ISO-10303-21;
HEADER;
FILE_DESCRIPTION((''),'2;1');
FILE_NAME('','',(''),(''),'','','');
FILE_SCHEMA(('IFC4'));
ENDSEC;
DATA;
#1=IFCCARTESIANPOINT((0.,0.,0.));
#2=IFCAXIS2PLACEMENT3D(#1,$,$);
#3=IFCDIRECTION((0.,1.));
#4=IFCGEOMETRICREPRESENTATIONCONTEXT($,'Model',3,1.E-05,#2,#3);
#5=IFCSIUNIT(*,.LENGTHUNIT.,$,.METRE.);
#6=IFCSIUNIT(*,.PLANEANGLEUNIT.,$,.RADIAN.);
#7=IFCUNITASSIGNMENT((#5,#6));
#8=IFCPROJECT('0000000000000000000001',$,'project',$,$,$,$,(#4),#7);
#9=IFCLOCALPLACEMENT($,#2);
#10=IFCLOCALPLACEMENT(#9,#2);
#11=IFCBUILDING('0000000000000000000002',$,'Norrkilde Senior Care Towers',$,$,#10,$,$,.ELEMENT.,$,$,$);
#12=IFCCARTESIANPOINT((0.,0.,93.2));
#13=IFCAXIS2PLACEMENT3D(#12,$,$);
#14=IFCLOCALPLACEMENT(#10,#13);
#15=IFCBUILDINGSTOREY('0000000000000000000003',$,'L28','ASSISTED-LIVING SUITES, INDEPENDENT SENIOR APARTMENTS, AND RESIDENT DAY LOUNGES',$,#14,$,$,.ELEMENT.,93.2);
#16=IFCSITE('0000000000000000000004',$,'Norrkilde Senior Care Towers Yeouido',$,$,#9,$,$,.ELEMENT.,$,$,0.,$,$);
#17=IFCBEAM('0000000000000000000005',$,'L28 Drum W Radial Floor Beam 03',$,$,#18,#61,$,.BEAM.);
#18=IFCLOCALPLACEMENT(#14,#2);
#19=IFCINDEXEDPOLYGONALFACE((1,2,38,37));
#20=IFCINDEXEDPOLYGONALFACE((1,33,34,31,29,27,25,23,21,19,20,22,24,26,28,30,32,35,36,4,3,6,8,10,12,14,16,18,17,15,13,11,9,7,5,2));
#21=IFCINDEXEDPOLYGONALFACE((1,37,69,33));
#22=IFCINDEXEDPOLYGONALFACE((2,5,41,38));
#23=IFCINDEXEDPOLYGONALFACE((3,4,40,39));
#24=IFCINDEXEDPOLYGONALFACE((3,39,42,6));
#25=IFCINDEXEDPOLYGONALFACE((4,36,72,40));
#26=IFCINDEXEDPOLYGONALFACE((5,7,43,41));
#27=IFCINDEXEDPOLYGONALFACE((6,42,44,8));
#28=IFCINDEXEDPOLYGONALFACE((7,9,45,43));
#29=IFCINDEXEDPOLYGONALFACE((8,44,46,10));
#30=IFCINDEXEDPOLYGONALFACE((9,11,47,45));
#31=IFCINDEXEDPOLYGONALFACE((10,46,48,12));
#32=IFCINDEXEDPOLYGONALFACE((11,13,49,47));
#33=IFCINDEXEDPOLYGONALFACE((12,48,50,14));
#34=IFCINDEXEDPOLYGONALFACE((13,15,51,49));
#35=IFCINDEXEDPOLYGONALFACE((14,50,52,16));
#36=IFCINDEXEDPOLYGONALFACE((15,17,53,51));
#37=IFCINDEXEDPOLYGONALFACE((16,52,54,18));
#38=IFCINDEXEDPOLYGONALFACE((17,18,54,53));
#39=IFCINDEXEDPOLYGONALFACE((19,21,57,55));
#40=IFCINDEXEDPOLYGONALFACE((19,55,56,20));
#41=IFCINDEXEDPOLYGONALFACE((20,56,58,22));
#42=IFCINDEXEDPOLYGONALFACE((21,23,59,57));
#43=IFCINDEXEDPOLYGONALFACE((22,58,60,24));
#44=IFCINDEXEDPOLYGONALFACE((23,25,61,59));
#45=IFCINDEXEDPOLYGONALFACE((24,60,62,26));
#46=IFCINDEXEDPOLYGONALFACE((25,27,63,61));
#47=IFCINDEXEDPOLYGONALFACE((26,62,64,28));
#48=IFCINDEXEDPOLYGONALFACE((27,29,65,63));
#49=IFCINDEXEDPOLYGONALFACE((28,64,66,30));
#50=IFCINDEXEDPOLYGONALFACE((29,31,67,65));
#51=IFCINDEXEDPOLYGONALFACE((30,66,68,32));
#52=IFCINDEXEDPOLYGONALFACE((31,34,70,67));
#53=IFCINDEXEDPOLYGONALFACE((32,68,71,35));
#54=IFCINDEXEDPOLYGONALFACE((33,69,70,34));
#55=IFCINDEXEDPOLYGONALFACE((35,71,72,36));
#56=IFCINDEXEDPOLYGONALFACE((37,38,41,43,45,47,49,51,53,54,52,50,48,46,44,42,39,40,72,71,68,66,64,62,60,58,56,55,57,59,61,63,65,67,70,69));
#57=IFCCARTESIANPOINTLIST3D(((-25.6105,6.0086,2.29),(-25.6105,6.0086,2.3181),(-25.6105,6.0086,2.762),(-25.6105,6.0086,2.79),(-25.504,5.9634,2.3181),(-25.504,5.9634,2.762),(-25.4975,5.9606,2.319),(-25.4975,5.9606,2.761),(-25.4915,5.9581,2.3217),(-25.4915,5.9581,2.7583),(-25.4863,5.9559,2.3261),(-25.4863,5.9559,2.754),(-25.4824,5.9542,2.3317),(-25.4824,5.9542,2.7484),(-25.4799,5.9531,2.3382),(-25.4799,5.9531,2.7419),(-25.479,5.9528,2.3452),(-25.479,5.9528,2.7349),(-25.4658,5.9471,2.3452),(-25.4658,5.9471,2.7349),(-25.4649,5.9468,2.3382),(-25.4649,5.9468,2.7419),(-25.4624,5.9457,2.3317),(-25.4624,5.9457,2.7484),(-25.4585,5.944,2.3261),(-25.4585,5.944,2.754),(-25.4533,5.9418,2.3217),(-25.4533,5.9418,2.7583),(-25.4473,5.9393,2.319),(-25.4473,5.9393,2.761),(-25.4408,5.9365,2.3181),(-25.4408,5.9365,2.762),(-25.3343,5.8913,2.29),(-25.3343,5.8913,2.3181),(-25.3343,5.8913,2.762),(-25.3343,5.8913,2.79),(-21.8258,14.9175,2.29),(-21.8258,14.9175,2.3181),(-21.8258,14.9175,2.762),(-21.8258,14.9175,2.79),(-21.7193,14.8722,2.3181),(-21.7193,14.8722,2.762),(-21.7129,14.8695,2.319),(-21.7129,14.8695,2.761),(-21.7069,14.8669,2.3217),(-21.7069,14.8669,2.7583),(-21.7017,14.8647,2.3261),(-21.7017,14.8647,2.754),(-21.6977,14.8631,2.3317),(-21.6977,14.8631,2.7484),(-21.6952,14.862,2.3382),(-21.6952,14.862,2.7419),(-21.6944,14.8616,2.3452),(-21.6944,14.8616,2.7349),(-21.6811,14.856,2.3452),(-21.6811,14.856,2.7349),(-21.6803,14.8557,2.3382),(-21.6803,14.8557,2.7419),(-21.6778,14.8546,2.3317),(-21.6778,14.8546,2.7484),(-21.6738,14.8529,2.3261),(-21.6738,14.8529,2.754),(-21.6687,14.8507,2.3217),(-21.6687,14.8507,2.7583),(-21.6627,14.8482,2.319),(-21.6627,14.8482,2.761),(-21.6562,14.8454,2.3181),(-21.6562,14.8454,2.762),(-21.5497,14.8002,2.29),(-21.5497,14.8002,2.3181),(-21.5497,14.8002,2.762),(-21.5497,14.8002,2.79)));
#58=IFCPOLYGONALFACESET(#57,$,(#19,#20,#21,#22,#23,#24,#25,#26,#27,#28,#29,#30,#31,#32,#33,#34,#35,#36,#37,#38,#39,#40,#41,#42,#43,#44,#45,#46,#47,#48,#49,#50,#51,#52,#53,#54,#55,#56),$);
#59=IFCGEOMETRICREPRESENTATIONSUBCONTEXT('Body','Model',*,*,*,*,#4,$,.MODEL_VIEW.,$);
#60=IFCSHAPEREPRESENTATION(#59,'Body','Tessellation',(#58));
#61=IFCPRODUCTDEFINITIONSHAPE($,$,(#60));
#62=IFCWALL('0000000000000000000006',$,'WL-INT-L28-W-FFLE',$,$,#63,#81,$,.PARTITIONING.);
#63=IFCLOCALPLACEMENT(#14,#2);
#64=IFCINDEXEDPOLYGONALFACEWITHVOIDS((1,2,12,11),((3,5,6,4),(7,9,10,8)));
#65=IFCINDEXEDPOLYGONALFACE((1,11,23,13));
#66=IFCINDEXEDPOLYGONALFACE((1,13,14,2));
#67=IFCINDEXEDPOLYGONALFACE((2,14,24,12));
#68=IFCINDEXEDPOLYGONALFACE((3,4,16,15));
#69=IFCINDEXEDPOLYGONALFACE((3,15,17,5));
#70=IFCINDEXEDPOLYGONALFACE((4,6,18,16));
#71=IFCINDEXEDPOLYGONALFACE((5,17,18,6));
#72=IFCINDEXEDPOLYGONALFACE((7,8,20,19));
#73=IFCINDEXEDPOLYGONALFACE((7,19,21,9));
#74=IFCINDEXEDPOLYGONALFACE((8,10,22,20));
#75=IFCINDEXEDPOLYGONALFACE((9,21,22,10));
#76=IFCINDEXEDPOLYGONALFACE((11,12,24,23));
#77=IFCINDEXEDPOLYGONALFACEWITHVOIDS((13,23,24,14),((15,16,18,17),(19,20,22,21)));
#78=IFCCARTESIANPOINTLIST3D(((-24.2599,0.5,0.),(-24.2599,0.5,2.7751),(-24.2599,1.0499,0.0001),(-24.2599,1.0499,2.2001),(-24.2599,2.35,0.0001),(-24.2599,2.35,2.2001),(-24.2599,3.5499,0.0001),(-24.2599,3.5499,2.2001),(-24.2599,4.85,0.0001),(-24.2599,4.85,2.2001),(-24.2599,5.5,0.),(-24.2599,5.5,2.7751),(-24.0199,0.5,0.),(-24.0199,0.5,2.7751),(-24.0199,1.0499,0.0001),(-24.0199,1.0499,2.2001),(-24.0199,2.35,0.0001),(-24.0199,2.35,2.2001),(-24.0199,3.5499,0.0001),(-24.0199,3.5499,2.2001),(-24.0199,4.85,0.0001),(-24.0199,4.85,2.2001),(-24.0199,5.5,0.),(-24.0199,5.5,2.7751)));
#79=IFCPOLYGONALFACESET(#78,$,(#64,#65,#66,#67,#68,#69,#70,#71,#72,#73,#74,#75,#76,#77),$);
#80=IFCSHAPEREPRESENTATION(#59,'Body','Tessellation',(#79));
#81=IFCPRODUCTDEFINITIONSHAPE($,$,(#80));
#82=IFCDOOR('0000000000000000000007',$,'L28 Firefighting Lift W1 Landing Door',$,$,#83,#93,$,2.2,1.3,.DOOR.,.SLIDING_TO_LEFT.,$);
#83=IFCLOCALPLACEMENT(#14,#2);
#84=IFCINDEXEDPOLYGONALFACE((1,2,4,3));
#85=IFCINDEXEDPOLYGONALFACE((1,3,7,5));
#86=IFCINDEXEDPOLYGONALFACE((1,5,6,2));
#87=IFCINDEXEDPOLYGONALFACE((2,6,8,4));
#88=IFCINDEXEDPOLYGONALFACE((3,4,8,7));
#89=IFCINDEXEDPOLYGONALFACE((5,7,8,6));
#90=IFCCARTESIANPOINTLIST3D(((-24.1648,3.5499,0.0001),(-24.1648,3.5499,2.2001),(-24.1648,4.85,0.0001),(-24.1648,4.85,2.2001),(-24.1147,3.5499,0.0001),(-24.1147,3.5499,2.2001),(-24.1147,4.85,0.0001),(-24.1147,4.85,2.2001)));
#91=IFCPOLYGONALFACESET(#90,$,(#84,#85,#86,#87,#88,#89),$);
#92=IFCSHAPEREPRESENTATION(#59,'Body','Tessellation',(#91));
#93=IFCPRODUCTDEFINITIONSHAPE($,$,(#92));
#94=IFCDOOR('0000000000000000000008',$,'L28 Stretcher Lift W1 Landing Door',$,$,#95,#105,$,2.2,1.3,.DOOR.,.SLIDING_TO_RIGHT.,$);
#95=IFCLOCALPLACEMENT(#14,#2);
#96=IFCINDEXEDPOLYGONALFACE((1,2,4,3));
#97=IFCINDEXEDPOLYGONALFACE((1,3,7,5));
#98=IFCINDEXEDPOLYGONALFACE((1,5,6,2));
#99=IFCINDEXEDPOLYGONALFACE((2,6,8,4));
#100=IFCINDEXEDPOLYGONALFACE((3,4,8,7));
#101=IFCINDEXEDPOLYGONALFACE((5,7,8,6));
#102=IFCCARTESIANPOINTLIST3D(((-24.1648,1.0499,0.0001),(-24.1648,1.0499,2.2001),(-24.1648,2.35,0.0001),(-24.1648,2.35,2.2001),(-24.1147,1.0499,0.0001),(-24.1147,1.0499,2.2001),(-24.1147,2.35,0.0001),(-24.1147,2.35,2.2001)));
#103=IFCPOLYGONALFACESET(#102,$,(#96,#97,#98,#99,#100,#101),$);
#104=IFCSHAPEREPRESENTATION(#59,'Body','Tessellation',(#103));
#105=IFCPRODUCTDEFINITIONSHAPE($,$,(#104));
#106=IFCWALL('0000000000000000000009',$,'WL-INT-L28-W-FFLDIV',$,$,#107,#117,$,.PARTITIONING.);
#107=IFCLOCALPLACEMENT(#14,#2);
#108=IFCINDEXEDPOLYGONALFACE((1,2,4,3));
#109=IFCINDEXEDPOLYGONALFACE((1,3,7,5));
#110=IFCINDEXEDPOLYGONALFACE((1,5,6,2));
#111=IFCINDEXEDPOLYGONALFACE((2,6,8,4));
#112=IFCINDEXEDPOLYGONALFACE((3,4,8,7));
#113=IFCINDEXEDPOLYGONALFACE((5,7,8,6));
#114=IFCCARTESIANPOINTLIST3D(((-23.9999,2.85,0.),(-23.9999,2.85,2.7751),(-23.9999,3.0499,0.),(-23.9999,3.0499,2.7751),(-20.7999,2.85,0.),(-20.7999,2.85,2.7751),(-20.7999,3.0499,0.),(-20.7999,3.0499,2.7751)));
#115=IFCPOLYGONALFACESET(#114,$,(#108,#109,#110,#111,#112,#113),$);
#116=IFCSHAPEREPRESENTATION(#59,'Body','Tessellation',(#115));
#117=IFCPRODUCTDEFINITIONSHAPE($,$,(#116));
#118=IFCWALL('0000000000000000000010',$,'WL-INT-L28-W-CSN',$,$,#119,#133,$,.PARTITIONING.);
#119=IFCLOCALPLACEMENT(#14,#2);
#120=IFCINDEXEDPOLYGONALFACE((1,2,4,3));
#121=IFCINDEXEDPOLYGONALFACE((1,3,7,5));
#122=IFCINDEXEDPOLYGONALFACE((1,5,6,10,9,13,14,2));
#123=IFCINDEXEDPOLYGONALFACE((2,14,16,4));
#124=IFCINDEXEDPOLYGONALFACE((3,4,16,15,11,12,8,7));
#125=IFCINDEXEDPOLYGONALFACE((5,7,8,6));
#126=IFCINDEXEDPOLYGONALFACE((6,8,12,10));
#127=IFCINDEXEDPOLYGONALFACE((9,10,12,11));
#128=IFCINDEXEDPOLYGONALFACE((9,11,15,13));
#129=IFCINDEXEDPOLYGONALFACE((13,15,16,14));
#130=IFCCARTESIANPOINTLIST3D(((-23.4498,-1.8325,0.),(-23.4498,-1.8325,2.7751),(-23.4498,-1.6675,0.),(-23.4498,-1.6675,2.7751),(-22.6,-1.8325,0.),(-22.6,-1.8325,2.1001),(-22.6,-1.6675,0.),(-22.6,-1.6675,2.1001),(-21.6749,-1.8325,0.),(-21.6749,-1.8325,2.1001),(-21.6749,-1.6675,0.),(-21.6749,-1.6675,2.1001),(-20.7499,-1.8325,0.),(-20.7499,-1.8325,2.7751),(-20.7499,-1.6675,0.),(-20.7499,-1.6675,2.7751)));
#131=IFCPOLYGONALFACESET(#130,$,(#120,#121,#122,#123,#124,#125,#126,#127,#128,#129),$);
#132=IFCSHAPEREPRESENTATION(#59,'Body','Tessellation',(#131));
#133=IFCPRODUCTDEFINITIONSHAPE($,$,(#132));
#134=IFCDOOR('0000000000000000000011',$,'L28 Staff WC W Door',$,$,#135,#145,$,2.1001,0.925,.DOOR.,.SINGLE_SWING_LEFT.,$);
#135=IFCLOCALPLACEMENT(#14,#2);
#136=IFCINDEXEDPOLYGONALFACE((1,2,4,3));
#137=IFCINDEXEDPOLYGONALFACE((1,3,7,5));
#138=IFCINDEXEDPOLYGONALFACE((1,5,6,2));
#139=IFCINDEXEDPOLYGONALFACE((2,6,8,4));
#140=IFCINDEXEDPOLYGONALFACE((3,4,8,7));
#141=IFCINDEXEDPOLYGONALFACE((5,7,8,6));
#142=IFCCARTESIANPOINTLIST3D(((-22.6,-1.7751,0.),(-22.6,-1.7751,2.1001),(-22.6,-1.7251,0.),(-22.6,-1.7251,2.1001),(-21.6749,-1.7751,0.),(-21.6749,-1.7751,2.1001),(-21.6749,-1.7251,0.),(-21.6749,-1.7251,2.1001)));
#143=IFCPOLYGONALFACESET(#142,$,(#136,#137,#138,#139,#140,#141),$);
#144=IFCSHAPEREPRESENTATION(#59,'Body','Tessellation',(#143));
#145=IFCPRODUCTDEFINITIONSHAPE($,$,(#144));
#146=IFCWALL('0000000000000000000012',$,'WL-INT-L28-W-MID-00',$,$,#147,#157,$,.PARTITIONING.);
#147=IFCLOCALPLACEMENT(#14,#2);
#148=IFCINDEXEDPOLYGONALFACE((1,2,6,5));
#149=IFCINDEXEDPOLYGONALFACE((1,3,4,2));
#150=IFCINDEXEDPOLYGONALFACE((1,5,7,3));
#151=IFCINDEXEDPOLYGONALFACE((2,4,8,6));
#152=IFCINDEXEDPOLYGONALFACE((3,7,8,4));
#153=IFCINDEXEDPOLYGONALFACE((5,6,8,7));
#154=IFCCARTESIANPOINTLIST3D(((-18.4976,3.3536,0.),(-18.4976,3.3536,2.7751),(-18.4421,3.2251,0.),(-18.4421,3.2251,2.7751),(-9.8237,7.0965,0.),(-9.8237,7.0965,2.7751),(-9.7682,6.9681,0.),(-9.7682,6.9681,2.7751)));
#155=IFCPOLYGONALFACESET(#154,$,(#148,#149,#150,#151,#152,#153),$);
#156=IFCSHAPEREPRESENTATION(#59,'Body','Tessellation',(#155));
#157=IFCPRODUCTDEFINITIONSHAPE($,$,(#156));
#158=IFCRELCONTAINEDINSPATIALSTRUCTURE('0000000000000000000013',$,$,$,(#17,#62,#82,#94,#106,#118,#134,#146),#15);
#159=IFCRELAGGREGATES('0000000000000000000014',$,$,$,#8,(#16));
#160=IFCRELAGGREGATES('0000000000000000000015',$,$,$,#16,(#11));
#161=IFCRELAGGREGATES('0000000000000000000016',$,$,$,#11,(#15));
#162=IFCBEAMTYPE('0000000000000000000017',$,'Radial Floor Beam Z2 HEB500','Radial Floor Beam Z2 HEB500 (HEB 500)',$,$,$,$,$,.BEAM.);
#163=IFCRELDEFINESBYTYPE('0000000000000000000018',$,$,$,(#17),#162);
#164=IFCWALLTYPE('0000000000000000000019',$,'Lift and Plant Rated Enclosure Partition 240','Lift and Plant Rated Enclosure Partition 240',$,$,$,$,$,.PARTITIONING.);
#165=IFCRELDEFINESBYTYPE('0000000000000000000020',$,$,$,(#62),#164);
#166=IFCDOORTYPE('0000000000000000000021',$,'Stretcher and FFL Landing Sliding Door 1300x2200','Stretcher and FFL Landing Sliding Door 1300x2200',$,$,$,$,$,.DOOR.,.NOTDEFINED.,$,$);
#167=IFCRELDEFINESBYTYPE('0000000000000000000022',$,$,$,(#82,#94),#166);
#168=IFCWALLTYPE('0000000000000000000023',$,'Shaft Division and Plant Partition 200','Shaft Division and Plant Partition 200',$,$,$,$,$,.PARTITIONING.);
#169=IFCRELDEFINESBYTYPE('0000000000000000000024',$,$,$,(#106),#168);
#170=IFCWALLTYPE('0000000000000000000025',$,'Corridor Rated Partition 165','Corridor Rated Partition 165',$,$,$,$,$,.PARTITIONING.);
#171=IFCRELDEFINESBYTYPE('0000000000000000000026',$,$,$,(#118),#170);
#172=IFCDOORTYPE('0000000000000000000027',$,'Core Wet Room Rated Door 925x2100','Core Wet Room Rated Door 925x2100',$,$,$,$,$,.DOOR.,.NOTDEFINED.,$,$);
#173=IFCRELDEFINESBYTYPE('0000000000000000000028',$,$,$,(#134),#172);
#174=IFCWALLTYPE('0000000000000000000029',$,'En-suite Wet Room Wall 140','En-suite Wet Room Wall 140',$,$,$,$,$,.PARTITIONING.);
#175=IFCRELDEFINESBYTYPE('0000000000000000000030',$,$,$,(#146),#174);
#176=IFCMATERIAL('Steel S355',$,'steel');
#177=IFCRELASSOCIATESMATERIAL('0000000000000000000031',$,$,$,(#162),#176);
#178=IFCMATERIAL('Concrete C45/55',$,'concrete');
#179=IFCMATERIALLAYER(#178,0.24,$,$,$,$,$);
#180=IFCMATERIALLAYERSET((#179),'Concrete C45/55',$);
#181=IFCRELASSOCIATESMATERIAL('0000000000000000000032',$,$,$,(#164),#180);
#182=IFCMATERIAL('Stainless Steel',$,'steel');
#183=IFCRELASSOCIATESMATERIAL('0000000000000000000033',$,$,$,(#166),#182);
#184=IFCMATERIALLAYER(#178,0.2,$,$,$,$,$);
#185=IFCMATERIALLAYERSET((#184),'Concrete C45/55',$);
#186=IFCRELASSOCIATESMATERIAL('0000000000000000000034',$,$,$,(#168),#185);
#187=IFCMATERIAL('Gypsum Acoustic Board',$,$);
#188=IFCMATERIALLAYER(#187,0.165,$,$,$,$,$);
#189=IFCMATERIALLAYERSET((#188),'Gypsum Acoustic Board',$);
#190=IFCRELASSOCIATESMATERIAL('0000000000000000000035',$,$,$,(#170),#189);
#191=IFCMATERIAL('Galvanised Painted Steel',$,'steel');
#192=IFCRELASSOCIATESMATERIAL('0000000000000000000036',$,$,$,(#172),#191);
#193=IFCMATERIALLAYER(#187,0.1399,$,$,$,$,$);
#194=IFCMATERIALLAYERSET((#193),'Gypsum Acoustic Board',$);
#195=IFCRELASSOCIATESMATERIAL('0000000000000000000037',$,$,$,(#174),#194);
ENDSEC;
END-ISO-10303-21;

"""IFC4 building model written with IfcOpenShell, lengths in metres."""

from ifc_helpers import new_model, si_unit, direction, frame, frame_2d, origin, origin_2d, place, context, subcontext, project, spatial, rectangle, i_section, extrude, source, transform, mapped, material, layer, layer_set, material_profile, profile_set, type_object, type_shapes, element, fill, save


model = new_model("IFC4")

# Units and contexts
model_context = context("Model", 3, precision=1e-05, world=origin(), true_north=direction((0.0, 1.0)))
body_context = subcontext(model_context, "Body", "Model", "MODEL_VIEW")
ifc_project = project(units=[si_unit("LENGTHUNIT", "METRE"), si_unit("PLANEANGLEUNIT", "RADIAN")], contexts=[model_context])

# Site, building, storey
site_placement = place(None, origin())
site = spatial("IfcSite", under=ifc_project, at=site_placement, Name="Norrkilde Senior Care Towers Yeouido", CompositionType="ELEMENT", RefElevation=0.0)
building_placement = place(site_placement, origin())
building = spatial("IfcBuilding", under=site, at=building_placement, Name="Norrkilde Senior Care Towers", CompositionType="ELEMENT")
storey_placement = place(building_placement, frame((0.0, 0.0, 93.2)))
storey = spatial("IfcBuildingStorey", under=building, at=storey_placement, Name="L28", Description="ASSISTED-LIVING SUITES, INDEPENDENT SENIOR APARTMENTS, AND RESIDENT DAY LOUNGES", CompositionType="ELEMENT", Elevation=93.2)

# Beam
ifc_material_1 = material(Name="Steel S355", Category="steel")
ifc_material_profile_1 = material_profile(ifc_material_1, i_section(OverallWidth=0.3, OverallDepth=0.5, WebThickness=0.0144, FlangeThickness=0.0281, FilletRadius=0.0271, at=origin_2d()), Name="HEB 500")
ifc_profile_set_1 = profile_set([ifc_material_profile_1], Name="Steel S355")
beam_type = type_object("IfcBeamType", Name="Radial Floor Beam Z2 HEB500", Description="Radial Floor Beam Z2 HEB500 (HEB 500)", PredefinedType="BEAM", material=ifc_profile_set_1)
shared_shape_1 = source(origin(), body_context, "Body", "SweptSolid", [
    extrude(i_section(OverallWidth=0.3, OverallDepth=0.5, WebThickness=0.0144, FlangeThickness=0.0281, FilletRadius=0.0271, at=origin_2d()), origin(), (0.0, 0.0, 1.0), 9.6794),
])
beam_1_placement = place(storey_placement, frame((-25.4724, 5.95, 2.54), z_axis=(0.390998, 0.920392, 0.0), x_axis=(-0.920392, 0.390998, 0.0)))
element("IfcBeam", 1, at=beam_1_placement, inside=storey, type_object=beam_type, Name="L28 Drum W Radial Floor Beam 03", PredefinedType="BEAM", context=body_context, shape_type="MappedRepresentation", body=[
    mapped(shared_shape_1, transform((0.0, 0.0, 0.0), x_axis=(1.0, 0.0, 0.0), y_axis=(0.0, 1.0, 0.0), z_axis=(0.0, 0.0, 1.0), scale=1.0)),
])

# Wall, openings, doors
ifc_material_2 = material(Name="Galvanised Painted Steel", Category="steel")
ifc_material_3 = material(Name="Concrete C45/55", Category="concrete")
ifc_layer_1 = layer(ifc_material_3, 0.24)
ifc_layer_set_1 = layer_set([ifc_layer_1], Name="Concrete C45/55")
wall_type_1 = type_object("IfcWallType", Name="Lift and Plant Rated Enclosure Partition 240", Description="Lift and Plant Rated Enclosure Partition 240", PredefinedType="PARTITIONING", material=ifc_layer_set_1)
shared_shape_2 = source(origin(), body_context, "Body", "SweptSolid", [
    extrude(rectangle(XDim=5.0, YDim=0.24, at=frame_2d((2.5, 0.0))), origin(), (0.0, 0.0, 1.0), 2.7751),
])
type_shapes(wall_type_1, [shared_shape_2])
wall_1_placement = place(storey_placement, frame((-24.1399, 0.5, 0.0), z_axis=(0.0, 0.0, 1.0), x_axis=(0.0, 1.0, 0.0)))
wall_1 = element("IfcWall", 2, at=wall_1_placement, inside=storey, type_object=wall_type_1, Name="WL-INT-L28-W-FFLE", PredefinedType="PARTITIONING", context=body_context, shape_type="MappedRepresentation", body=[
    mapped(shared_shape_2, transform((0.0, 0.0, 0.0), x_axis=(1.0, 0.0, 0.0), y_axis=(0.0, 1.0, 0.0), z_axis=(0.0, 0.0, 1.0), scale=1.0)),
])
opening_1_placement = place(wall_1_placement, frame((3.05, 0.0, 0.0)))
opening_1 = element("IfcOpeningElement", 3, at=opening_1_placement, cuts=wall_1, PredefinedType="OPENING", context=body_context, shape_type="SweptSolid", body=[
    extrude(rectangle(XDim=1.3, YDim=2.2, at=frame_2d((0.6499, 1.1001))), frame((0.0, 0.1299, 0.0), z_axis=(0.0, -1.0, 0.0), x_axis=(1.0, 0.0, 0.0)), (0.0, 0.0, 1.0), 0.26),
])
opening_2_placement = place(wall_1_placement, frame((0.55, 0.0, 0.0)))
opening_2 = element("IfcOpeningElement", 4, at=opening_2_placement, cuts=wall_1, PredefinedType="OPENING", context=body_context, shape_type="SweptSolid", body=[
    extrude(rectangle(XDim=1.3, YDim=2.2, at=frame_2d((0.6499, 1.1001))), frame((0.0, 0.1299, 0.0), z_axis=(0.0, -1.0, 0.0), x_axis=(1.0, 0.0, 0.0)), (0.0, 0.0, 1.0), 0.26),
])
ifc_material_4 = material(Name="Stainless Steel", Category="steel")
door_type_1 = type_object("IfcDoorType", Name="Stretcher and FFL Landing Sliding Door 1300x2200", Description="Stretcher and FFL Landing Sliding Door 1300x2200", OperationType="NOTDEFINED", PredefinedType="DOOR", material=ifc_material_4)
shared_shape_3 = source(origin(), body_context, "Body", "SweptSolid", [
    extrude(rectangle(XDim=1.3, YDim=2.2, at=frame_2d((0.6499, 1.1001))), frame((0.0, 0.0249, 0.0), z_axis=(0.0, -1.0, 0.0), x_axis=(1.0, 0.0, 0.0)), (0.0, 0.0, 1.0), 0.05),
])
type_shapes(door_type_1, [shared_shape_3])
door_1_placement = place(opening_1_placement, origin())
door_1 = element("IfcDoor", 5, at=door_1_placement, inside=storey, type_object=door_type_1, Name="L28 Firefighting Lift W1 Landing Door", OperationType="SLIDING_TO_LEFT", OverallHeight=2.2, OverallWidth=1.3, PredefinedType="DOOR", context=body_context, shape_type="MappedRepresentation", body=[
    mapped(shared_shape_3, transform((0.0, 0.0, 0.0), x_axis=(1.0, 0.0, 0.0), y_axis=(0.0, 1.0, 0.0), z_axis=(0.0, 0.0, 1.0), scale=1.0)),
])
fill(opening_1, door_1)
door_2_placement = place(opening_2_placement, origin())
door_2 = element("IfcDoor", 6, at=door_2_placement, inside=storey, type_object=door_type_1, Name="L28 Stretcher Lift W1 Landing Door", OperationType="SLIDING_TO_RIGHT", OverallHeight=2.2, OverallWidth=1.3, PredefinedType="DOOR", context=body_context, shape_type="MappedRepresentation", body=[
    mapped(shared_shape_3, transform((0.0, 0.0, 0.0), x_axis=(1.0, 0.0, 0.0), y_axis=(0.0, 1.0, 0.0), z_axis=(0.0, 0.0, 1.0), scale=1.0)),
])
fill(opening_2, door_2)

# Wall
ifc_layer_2 = layer(ifc_material_3, 0.2)
ifc_layer_set_2 = layer_set([ifc_layer_2], Name="Concrete C45/55")
wall_type_2 = type_object("IfcWallType", Name="Shaft Division and Plant Partition 200", Description="Shaft Division and Plant Partition 200", PredefinedType="PARTITIONING", material=ifc_layer_set_2)
shared_shape_4 = source(origin(), body_context, "Body", "SweptSolid", [
    extrude(rectangle(XDim=3.2, YDim=0.2, at=frame_2d((1.6001, 0.0))), origin(), (0.0, 0.0, 1.0), 2.7751),
])
type_shapes(wall_type_2, [shared_shape_4])
wall_2_placement = place(storey_placement, frame((-24.0, 2.95, 0.0), z_axis=(0.0, 0.0, 1.0), x_axis=(1.0, 0.0, 0.0)))
element("IfcWall", 7, at=wall_2_placement, inside=storey, type_object=wall_type_2, Name="WL-INT-L28-W-FFLDIV", PredefinedType="PARTITIONING", context=body_context, shape_type="MappedRepresentation", body=[
    mapped(shared_shape_4, transform((0.0, 0.0, 0.0), x_axis=(1.0, 0.0, 0.0), y_axis=(0.0, 1.0, 0.0), z_axis=(0.0, 0.0, 1.0), scale=1.0)),
])

# Wall, opening, door
ifc_material_5 = material(Name="Gypsum Acoustic Board")
ifc_layer_3 = layer(ifc_material_5, 0.165)
ifc_layer_set_3 = layer_set([ifc_layer_3], Name="Gypsum Acoustic Board")
wall_type_3 = type_object("IfcWallType", Name="Corridor Rated Partition 165", Description="Corridor Rated Partition 165", PredefinedType="PARTITIONING", material=ifc_layer_set_3)
shared_shape_5 = source(origin(), body_context, "Body", "SweptSolid", [
    extrude(rectangle(XDim=2.7, YDim=0.165, at=frame_2d((1.3501, 0.0))), origin(), (0.0, 0.0, 1.0), 2.7751),
])
type_shapes(wall_type_3, [shared_shape_5])
wall_3_placement = place(storey_placement, frame((-23.45, -1.75, 0.0), z_axis=(0.0, 0.0, 1.0), x_axis=(1.0, 0.0, 0.0)))
wall_3 = element("IfcWall", 8, at=wall_3_placement, inside=storey, type_object=wall_type_3, Name="WL-INT-L28-W-CSN", PredefinedType="PARTITIONING", context=body_context, shape_type="MappedRepresentation", body=[
    mapped(shared_shape_5, transform((0.0, 0.0, 0.0), x_axis=(1.0, 0.0, 0.0), y_axis=(0.0, 1.0, 0.0), z_axis=(0.0, 0.0, 1.0), scale=1.0)),
])
opening_3_placement = place(wall_3_placement, frame((0.8501, 0.0, 0.0)))
opening_3 = element("IfcOpeningElement", 9, at=opening_3_placement, cuts=wall_3, PredefinedType="OPENING", context=body_context, shape_type="SweptSolid", body=[
    extrude(rectangle(XDim=0.925, YDim=2.1001, at=frame_2d((0.4624, 1.05))), frame((0.0, 0.0925, 0.0), z_axis=(0.0, -1.0, 0.0), x_axis=(1.0, 0.0, 0.0)), (0.0, 0.0, 1.0), 0.1851),
])
door_type_2 = type_object("IfcDoorType", Name="Core Wet Room Rated Door 925x2100", Description="Core Wet Room Rated Door 925x2100", OperationType="NOTDEFINED", PredefinedType="DOOR", material=ifc_material_2)
shared_shape_6 = source(origin(), body_context, "Body", "SweptSolid", [
    extrude(rectangle(XDim=0.925, YDim=2.1001, at=frame_2d((0.4624, 1.05))), frame((0.0, 0.0249, 0.0), z_axis=(0.0, -1.0, 0.0), x_axis=(1.0, 0.0, 0.0)), (0.0, 0.0, 1.0), 0.05),
])
type_shapes(door_type_2, [shared_shape_6])
door_3_placement = place(opening_3_placement, origin())
door_3 = element("IfcDoor", 10, at=door_3_placement, inside=storey, type_object=door_type_2, Name="L28 Staff WC W Door", OperationType="SINGLE_SWING_LEFT", OverallHeight=2.1001, OverallWidth=0.925, PredefinedType="DOOR", context=body_context, shape_type="MappedRepresentation", body=[
    mapped(shared_shape_6, transform((0.0, 0.0, 0.0), x_axis=(1.0, 0.0, 0.0), y_axis=(0.0, 1.0, 0.0), z_axis=(0.0, 0.0, 1.0), scale=1.0)),
])
fill(opening_3, door_3)

# Wall
ifc_layer_4 = layer(ifc_material_5, 0.1399)
ifc_layer_set_4 = layer_set([ifc_layer_4], Name="Gypsum Acoustic Board")
wall_type_4 = type_object("IfcWallType", Name="En-suite Wet Room Wall 140", Description="En-suite Wet Room Wall 140", PredefinedType="PARTITIONING", material=ifc_layer_set_4)
shared_shape_7 = source(origin(), body_context, "Body", "SweptSolid", [
    extrude(rectangle(XDim=9.447, YDim=0.1399, at=frame_2d((4.7236, 0.0))), origin(), (0.0, 0.0, 1.0), 2.7751),
])
type_shapes(wall_type_4, [shared_shape_7])
wall_4_placement = place(storey_placement, frame((-18.47, 3.2893, 0.0), z_axis=(0.0, 0.0, 1.0), x_axis=(0.918162, 0.396204, 0.0)))
element("IfcWall", 11, at=wall_4_placement, inside=storey, type_object=wall_type_4, Name="WL-INT-L28-W-MID-00", PredefinedType="PARTITIONING", context=body_context, shape_type="MappedRepresentation", body=[
    mapped(shared_shape_7, transform((0.0, 0.0, 0.0), x_axis=(1.0, 0.0, 0.0), y_axis=(0.0, 1.0, 0.0), z_axis=(0.0, 0.0, 1.0), scale=1.0)),
])

save(model, "model.ifc")
